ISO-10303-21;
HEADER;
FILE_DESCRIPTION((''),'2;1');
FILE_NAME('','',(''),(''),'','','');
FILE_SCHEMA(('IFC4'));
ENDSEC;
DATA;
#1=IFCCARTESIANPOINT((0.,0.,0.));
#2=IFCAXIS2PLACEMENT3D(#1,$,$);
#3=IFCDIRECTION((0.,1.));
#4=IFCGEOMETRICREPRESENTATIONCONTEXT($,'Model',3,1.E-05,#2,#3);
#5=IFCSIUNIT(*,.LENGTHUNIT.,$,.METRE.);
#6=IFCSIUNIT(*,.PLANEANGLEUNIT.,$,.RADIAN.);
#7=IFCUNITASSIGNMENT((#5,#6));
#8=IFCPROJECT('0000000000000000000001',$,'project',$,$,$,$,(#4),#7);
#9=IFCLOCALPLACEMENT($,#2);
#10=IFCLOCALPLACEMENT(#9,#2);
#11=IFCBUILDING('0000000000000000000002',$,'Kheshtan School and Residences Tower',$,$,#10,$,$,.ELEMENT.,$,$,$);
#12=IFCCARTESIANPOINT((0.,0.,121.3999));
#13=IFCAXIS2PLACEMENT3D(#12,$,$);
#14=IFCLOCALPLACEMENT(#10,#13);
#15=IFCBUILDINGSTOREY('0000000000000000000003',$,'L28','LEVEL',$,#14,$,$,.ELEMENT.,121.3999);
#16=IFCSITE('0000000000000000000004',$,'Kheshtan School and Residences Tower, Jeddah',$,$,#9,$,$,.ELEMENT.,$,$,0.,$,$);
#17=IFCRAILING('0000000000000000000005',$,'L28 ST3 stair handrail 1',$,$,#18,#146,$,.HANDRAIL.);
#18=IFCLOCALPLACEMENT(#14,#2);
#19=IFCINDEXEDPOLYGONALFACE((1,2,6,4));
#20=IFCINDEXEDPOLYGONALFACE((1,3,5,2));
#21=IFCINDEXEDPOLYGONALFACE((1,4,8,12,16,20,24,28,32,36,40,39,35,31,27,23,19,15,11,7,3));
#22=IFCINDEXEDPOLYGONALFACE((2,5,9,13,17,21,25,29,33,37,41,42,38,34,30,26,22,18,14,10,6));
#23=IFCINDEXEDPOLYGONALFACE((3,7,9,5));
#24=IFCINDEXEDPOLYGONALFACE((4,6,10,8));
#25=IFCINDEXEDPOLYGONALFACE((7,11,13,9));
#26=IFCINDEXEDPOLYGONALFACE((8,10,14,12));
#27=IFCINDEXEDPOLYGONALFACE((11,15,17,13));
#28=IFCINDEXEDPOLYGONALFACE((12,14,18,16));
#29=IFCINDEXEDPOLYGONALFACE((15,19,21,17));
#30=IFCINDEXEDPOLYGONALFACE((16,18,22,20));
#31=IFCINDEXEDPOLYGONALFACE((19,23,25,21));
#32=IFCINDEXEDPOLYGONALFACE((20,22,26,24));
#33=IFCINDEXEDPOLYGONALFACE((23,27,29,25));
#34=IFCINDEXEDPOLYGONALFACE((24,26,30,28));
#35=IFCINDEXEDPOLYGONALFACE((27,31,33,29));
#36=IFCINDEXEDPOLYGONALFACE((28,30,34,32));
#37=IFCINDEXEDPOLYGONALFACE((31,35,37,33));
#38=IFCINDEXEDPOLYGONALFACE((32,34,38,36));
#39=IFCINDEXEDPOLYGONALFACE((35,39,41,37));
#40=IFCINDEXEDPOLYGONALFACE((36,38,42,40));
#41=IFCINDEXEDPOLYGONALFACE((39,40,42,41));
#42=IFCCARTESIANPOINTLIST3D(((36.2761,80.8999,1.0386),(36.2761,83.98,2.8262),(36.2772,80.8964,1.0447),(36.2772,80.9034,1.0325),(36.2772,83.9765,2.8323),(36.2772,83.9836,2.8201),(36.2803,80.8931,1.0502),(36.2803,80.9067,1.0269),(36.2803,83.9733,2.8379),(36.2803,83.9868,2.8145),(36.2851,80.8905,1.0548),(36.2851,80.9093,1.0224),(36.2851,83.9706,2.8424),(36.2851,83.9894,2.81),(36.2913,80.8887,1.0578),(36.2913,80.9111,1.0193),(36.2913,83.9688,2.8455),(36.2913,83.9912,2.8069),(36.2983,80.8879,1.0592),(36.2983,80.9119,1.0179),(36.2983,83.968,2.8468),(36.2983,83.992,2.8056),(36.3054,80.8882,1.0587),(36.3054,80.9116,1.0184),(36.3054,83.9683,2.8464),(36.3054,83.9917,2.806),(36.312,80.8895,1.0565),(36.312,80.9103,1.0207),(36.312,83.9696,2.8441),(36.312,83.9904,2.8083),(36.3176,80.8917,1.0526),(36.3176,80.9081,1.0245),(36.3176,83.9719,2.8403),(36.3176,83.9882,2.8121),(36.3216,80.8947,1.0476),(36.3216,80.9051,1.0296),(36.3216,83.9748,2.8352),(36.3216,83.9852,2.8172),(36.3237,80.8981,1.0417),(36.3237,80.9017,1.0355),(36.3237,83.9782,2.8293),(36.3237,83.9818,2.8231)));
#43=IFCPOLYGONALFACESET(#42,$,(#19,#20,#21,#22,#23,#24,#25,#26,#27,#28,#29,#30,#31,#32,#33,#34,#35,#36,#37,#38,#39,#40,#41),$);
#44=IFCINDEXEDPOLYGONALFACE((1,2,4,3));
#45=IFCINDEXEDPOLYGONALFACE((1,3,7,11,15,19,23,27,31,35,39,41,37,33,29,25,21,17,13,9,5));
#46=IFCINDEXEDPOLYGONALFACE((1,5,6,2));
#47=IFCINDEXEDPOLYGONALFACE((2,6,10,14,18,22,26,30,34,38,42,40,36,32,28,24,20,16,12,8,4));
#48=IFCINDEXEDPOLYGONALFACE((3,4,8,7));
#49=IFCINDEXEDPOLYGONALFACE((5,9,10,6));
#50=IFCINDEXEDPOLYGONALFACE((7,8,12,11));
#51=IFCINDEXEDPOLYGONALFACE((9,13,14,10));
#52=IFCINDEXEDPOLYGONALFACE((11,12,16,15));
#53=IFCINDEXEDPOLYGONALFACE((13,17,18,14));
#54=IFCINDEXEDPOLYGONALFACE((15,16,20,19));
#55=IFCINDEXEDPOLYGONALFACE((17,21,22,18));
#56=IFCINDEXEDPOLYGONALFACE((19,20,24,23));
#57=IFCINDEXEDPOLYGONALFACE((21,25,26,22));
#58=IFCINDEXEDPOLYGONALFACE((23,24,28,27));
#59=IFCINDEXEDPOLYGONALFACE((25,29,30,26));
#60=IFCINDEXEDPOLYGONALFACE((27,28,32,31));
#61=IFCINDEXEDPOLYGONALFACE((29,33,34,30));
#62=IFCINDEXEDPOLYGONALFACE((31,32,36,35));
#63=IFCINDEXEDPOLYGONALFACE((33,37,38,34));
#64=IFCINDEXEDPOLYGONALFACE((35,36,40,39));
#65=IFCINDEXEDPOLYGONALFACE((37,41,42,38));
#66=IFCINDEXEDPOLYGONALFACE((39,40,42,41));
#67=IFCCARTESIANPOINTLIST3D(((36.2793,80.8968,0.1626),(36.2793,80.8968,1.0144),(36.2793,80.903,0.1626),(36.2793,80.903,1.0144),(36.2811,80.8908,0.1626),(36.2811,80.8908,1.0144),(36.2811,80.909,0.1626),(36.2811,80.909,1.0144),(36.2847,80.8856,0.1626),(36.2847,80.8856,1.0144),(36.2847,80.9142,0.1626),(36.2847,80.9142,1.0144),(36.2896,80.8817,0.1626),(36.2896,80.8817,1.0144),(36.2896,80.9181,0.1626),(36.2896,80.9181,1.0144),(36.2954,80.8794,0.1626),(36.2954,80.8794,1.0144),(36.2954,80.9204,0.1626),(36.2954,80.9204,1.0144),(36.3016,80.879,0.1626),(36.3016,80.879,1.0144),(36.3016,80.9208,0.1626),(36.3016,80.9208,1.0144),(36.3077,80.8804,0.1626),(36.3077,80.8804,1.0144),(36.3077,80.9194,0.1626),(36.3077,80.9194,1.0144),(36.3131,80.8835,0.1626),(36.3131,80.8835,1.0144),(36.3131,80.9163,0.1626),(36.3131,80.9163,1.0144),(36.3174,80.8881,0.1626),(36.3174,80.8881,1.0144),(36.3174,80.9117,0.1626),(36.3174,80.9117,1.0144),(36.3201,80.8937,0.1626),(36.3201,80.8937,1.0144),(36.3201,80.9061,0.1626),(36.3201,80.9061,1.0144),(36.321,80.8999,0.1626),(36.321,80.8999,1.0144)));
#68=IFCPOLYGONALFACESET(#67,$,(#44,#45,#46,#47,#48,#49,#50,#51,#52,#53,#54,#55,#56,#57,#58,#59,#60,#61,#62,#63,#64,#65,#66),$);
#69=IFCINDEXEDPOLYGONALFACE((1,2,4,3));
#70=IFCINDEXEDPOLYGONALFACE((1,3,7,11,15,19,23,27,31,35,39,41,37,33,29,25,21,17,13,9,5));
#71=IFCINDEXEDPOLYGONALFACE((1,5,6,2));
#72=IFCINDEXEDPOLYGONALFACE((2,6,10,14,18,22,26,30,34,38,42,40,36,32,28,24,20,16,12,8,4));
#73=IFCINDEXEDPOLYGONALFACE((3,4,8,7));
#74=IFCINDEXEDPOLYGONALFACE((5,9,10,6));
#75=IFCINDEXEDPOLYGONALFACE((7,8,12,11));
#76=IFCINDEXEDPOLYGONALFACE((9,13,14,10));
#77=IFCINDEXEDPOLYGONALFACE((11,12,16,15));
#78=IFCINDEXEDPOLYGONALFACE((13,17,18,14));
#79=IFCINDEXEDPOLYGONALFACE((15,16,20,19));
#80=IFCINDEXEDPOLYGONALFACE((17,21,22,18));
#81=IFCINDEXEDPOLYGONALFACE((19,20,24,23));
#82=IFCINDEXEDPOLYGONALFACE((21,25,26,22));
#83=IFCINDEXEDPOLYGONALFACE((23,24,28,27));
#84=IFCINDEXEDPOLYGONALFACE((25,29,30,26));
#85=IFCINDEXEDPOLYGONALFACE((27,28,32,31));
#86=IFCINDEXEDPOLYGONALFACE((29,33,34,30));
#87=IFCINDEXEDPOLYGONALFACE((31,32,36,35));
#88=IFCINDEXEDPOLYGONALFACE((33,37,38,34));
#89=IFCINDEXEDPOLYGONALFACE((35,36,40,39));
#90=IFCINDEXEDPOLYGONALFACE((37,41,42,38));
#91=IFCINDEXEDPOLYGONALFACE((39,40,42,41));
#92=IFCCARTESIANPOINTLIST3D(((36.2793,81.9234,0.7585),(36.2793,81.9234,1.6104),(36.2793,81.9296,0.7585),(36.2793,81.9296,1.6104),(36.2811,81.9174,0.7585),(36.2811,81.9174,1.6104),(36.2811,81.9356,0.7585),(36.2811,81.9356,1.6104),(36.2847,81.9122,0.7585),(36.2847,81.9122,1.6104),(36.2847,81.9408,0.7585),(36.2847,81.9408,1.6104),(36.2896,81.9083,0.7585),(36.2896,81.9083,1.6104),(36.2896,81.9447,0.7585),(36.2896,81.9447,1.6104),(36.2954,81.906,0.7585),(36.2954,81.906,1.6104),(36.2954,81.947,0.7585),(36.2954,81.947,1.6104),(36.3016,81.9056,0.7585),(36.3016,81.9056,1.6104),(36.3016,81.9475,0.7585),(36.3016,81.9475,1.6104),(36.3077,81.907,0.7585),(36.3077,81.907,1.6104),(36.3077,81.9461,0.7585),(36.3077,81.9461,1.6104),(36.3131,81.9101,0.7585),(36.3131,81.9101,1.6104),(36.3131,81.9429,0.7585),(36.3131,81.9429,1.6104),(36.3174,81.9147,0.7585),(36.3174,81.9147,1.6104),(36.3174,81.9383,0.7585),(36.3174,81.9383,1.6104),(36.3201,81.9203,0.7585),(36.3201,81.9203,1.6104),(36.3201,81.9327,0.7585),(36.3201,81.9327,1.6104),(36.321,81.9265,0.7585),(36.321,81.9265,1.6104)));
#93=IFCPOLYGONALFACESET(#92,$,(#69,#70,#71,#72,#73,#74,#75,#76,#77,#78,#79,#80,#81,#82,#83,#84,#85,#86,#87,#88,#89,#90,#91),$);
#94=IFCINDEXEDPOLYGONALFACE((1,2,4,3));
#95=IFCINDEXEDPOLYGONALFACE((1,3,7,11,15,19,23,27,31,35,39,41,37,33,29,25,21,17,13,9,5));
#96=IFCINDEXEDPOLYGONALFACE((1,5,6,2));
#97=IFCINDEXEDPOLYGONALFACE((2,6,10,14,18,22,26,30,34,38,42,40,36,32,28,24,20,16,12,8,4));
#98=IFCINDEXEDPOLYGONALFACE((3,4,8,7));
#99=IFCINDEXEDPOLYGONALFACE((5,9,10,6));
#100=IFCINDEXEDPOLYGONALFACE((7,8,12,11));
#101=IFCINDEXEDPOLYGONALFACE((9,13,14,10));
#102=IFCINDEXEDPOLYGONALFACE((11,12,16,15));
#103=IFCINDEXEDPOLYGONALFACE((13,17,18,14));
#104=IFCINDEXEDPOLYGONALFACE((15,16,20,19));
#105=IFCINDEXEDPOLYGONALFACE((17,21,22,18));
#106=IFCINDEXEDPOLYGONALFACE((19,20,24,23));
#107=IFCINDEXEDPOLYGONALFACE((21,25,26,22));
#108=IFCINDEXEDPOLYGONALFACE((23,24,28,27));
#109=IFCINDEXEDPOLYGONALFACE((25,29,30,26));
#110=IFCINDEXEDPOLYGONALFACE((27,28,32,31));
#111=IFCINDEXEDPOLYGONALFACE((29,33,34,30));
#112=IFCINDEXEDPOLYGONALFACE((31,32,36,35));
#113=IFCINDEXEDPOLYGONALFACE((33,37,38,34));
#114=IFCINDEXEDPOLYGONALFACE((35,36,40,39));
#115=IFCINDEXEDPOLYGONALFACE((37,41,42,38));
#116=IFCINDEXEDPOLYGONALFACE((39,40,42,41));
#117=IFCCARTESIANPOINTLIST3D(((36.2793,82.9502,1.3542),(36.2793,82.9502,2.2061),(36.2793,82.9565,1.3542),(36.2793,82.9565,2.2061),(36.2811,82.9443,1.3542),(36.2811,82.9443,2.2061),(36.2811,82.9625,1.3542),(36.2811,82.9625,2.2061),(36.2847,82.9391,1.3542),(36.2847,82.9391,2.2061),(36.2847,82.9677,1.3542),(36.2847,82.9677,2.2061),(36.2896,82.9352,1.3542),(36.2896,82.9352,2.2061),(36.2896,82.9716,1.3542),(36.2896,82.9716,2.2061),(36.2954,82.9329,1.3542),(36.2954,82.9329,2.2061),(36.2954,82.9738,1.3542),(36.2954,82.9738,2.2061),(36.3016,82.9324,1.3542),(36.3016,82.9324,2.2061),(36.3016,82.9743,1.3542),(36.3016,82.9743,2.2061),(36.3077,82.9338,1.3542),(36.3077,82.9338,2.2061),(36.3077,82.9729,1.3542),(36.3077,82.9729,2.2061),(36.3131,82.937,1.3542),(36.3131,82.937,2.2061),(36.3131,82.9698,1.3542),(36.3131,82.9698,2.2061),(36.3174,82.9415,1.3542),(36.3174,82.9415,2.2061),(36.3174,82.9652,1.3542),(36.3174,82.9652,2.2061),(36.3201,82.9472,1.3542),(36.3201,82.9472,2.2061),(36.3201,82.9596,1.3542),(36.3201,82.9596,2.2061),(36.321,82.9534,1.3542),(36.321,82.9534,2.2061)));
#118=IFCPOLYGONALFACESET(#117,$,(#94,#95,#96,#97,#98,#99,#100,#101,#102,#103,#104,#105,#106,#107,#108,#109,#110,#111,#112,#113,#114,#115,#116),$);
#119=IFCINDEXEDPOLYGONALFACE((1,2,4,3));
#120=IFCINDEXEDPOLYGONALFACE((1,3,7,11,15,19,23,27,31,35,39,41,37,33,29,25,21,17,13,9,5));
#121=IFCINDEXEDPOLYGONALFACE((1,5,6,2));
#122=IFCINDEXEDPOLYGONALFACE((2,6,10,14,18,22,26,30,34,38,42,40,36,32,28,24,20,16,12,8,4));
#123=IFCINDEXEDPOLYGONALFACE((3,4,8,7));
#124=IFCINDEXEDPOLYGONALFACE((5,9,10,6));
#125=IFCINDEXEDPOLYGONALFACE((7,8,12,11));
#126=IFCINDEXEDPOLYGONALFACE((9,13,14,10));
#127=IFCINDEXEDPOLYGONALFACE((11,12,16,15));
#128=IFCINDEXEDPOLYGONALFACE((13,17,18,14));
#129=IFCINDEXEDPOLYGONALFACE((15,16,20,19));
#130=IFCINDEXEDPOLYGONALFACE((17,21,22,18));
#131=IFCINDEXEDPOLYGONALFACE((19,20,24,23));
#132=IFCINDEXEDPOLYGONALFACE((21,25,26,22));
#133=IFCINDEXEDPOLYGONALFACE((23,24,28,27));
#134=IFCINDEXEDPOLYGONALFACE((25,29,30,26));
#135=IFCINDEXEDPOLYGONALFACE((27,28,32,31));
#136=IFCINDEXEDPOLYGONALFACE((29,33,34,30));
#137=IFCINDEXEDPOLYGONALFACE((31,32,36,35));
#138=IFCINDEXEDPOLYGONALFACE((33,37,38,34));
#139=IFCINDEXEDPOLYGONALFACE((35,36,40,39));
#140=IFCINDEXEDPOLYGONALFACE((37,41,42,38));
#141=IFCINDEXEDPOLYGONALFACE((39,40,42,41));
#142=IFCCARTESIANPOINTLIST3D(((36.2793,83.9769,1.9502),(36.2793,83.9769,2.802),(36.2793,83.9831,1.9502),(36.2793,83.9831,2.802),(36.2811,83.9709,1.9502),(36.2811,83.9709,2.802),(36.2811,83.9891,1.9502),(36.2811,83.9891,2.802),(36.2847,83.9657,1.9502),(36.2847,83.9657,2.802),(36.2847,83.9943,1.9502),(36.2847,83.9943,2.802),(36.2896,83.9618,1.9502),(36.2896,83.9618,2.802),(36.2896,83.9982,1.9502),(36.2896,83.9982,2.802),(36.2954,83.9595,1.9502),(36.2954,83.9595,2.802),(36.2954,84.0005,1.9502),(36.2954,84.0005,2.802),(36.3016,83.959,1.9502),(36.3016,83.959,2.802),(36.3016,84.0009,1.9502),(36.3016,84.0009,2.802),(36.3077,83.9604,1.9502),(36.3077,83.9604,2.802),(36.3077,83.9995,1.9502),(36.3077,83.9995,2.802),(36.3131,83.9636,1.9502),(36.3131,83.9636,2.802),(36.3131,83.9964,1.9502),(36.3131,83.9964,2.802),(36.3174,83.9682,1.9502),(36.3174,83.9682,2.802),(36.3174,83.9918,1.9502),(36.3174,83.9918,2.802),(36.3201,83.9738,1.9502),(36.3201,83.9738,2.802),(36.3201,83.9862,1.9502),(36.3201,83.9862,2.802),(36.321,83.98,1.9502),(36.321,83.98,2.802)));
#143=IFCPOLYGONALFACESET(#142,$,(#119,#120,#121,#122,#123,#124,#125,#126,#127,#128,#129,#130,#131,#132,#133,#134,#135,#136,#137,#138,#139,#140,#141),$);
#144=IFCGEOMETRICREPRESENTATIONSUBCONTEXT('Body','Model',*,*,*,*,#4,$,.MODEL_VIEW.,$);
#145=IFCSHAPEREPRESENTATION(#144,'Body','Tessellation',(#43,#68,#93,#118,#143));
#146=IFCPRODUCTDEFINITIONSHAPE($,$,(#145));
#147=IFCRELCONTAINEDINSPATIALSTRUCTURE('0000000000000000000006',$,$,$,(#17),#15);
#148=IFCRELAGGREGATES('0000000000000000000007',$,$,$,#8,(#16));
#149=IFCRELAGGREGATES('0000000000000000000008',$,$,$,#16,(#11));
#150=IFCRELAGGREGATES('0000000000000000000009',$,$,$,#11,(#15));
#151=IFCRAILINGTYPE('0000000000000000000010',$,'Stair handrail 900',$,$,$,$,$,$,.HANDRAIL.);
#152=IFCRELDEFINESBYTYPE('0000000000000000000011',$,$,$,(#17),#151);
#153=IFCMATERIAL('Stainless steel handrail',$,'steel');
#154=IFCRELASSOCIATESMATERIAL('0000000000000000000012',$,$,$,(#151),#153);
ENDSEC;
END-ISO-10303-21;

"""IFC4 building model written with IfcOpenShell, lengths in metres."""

from ifc_helpers import new_model, si_unit, direction, frame, origin, origin_2d, place, context, subcontext, project, spatial, circle, extrude, material, type_object, element, save


model = new_model("IFC4")

# Units and contexts
model_context = context("Model", 3, precision=1e-05, world=origin(), true_north=direction((0.0, 1.0)))
body_context = subcontext(model_context, "Body", "Model", "MODEL_VIEW")
ifc_project = project(units=[si_unit("LENGTHUNIT", "METRE"), si_unit("PLANEANGLEUNIT", "RADIAN")], contexts=[model_context])

# Site, building, storey
site_placement = place(None, origin())
site = spatial("IfcSite", under=ifc_project, at=site_placement, Name="Kheshtan School and Residences Tower, Jeddah", CompositionType="ELEMENT", RefElevation=0.0)
building_placement = place(site_placement, origin())
building = spatial("IfcBuilding", under=site, at=building_placement, Name="Kheshtan School and Residences Tower", CompositionType="ELEMENT")
storey_placement = place(building_placement, frame((0.0, 0.0, 121.3999)))
storey = spatial("IfcBuildingStorey", under=building, at=storey_placement, Name="L28", Description="LEVEL", CompositionType="ELEMENT", Elevation=121.3999)

# Railing
ifc_material_1 = material(Name="Stainless steel handrail", Category="steel")
railing_type_1 = type_object("IfcRailingType", Name="Stair handrail 900", PredefinedType="HANDRAIL", material=ifc_material_1)
railing_1_placement = place(storey_placement, frame((36.3, 80.8999, 0.1626)))
element("IfcRailing", 1, at=railing_1_placement, inside=storey, type_object=railing_type_1, Name="L28 ST3 stair handrail 1", PredefinedType="HANDRAIL", context=body_context, shape_type="SweptSolid", body=[
    extrude(circle(Radius=0.0239, at=origin_2d()), frame((0.0, 0.0, 0.876), z_axis=(0.0, 0.864891, 0.50196), x_axis=(-1.0, 0.0, 0.0)), (0.0, 0.0, 1.0), 3.5613),
    extrude(circle(Radius=0.021, at=origin_2d()), origin(), (0.0, 0.0, 1.0), 0.8518),
    extrude(circle(Radius=0.021, at=origin_2d()), frame((0.0, 1.0266, 0.5959)), (0.0, 0.0, 1.0), 0.8518),
    extrude(circle(Radius=0.021, at=origin_2d()), frame((0.0, 2.0535, 1.1917)), (0.0, 0.0, 1.0), 0.8518),
    extrude(circle(Radius=0.021, at=origin_2d()), frame((0.0, 3.0801, 1.7876)), (0.0, 0.0, 1.0), 0.8518),
])

save(model, "model.ifc")
